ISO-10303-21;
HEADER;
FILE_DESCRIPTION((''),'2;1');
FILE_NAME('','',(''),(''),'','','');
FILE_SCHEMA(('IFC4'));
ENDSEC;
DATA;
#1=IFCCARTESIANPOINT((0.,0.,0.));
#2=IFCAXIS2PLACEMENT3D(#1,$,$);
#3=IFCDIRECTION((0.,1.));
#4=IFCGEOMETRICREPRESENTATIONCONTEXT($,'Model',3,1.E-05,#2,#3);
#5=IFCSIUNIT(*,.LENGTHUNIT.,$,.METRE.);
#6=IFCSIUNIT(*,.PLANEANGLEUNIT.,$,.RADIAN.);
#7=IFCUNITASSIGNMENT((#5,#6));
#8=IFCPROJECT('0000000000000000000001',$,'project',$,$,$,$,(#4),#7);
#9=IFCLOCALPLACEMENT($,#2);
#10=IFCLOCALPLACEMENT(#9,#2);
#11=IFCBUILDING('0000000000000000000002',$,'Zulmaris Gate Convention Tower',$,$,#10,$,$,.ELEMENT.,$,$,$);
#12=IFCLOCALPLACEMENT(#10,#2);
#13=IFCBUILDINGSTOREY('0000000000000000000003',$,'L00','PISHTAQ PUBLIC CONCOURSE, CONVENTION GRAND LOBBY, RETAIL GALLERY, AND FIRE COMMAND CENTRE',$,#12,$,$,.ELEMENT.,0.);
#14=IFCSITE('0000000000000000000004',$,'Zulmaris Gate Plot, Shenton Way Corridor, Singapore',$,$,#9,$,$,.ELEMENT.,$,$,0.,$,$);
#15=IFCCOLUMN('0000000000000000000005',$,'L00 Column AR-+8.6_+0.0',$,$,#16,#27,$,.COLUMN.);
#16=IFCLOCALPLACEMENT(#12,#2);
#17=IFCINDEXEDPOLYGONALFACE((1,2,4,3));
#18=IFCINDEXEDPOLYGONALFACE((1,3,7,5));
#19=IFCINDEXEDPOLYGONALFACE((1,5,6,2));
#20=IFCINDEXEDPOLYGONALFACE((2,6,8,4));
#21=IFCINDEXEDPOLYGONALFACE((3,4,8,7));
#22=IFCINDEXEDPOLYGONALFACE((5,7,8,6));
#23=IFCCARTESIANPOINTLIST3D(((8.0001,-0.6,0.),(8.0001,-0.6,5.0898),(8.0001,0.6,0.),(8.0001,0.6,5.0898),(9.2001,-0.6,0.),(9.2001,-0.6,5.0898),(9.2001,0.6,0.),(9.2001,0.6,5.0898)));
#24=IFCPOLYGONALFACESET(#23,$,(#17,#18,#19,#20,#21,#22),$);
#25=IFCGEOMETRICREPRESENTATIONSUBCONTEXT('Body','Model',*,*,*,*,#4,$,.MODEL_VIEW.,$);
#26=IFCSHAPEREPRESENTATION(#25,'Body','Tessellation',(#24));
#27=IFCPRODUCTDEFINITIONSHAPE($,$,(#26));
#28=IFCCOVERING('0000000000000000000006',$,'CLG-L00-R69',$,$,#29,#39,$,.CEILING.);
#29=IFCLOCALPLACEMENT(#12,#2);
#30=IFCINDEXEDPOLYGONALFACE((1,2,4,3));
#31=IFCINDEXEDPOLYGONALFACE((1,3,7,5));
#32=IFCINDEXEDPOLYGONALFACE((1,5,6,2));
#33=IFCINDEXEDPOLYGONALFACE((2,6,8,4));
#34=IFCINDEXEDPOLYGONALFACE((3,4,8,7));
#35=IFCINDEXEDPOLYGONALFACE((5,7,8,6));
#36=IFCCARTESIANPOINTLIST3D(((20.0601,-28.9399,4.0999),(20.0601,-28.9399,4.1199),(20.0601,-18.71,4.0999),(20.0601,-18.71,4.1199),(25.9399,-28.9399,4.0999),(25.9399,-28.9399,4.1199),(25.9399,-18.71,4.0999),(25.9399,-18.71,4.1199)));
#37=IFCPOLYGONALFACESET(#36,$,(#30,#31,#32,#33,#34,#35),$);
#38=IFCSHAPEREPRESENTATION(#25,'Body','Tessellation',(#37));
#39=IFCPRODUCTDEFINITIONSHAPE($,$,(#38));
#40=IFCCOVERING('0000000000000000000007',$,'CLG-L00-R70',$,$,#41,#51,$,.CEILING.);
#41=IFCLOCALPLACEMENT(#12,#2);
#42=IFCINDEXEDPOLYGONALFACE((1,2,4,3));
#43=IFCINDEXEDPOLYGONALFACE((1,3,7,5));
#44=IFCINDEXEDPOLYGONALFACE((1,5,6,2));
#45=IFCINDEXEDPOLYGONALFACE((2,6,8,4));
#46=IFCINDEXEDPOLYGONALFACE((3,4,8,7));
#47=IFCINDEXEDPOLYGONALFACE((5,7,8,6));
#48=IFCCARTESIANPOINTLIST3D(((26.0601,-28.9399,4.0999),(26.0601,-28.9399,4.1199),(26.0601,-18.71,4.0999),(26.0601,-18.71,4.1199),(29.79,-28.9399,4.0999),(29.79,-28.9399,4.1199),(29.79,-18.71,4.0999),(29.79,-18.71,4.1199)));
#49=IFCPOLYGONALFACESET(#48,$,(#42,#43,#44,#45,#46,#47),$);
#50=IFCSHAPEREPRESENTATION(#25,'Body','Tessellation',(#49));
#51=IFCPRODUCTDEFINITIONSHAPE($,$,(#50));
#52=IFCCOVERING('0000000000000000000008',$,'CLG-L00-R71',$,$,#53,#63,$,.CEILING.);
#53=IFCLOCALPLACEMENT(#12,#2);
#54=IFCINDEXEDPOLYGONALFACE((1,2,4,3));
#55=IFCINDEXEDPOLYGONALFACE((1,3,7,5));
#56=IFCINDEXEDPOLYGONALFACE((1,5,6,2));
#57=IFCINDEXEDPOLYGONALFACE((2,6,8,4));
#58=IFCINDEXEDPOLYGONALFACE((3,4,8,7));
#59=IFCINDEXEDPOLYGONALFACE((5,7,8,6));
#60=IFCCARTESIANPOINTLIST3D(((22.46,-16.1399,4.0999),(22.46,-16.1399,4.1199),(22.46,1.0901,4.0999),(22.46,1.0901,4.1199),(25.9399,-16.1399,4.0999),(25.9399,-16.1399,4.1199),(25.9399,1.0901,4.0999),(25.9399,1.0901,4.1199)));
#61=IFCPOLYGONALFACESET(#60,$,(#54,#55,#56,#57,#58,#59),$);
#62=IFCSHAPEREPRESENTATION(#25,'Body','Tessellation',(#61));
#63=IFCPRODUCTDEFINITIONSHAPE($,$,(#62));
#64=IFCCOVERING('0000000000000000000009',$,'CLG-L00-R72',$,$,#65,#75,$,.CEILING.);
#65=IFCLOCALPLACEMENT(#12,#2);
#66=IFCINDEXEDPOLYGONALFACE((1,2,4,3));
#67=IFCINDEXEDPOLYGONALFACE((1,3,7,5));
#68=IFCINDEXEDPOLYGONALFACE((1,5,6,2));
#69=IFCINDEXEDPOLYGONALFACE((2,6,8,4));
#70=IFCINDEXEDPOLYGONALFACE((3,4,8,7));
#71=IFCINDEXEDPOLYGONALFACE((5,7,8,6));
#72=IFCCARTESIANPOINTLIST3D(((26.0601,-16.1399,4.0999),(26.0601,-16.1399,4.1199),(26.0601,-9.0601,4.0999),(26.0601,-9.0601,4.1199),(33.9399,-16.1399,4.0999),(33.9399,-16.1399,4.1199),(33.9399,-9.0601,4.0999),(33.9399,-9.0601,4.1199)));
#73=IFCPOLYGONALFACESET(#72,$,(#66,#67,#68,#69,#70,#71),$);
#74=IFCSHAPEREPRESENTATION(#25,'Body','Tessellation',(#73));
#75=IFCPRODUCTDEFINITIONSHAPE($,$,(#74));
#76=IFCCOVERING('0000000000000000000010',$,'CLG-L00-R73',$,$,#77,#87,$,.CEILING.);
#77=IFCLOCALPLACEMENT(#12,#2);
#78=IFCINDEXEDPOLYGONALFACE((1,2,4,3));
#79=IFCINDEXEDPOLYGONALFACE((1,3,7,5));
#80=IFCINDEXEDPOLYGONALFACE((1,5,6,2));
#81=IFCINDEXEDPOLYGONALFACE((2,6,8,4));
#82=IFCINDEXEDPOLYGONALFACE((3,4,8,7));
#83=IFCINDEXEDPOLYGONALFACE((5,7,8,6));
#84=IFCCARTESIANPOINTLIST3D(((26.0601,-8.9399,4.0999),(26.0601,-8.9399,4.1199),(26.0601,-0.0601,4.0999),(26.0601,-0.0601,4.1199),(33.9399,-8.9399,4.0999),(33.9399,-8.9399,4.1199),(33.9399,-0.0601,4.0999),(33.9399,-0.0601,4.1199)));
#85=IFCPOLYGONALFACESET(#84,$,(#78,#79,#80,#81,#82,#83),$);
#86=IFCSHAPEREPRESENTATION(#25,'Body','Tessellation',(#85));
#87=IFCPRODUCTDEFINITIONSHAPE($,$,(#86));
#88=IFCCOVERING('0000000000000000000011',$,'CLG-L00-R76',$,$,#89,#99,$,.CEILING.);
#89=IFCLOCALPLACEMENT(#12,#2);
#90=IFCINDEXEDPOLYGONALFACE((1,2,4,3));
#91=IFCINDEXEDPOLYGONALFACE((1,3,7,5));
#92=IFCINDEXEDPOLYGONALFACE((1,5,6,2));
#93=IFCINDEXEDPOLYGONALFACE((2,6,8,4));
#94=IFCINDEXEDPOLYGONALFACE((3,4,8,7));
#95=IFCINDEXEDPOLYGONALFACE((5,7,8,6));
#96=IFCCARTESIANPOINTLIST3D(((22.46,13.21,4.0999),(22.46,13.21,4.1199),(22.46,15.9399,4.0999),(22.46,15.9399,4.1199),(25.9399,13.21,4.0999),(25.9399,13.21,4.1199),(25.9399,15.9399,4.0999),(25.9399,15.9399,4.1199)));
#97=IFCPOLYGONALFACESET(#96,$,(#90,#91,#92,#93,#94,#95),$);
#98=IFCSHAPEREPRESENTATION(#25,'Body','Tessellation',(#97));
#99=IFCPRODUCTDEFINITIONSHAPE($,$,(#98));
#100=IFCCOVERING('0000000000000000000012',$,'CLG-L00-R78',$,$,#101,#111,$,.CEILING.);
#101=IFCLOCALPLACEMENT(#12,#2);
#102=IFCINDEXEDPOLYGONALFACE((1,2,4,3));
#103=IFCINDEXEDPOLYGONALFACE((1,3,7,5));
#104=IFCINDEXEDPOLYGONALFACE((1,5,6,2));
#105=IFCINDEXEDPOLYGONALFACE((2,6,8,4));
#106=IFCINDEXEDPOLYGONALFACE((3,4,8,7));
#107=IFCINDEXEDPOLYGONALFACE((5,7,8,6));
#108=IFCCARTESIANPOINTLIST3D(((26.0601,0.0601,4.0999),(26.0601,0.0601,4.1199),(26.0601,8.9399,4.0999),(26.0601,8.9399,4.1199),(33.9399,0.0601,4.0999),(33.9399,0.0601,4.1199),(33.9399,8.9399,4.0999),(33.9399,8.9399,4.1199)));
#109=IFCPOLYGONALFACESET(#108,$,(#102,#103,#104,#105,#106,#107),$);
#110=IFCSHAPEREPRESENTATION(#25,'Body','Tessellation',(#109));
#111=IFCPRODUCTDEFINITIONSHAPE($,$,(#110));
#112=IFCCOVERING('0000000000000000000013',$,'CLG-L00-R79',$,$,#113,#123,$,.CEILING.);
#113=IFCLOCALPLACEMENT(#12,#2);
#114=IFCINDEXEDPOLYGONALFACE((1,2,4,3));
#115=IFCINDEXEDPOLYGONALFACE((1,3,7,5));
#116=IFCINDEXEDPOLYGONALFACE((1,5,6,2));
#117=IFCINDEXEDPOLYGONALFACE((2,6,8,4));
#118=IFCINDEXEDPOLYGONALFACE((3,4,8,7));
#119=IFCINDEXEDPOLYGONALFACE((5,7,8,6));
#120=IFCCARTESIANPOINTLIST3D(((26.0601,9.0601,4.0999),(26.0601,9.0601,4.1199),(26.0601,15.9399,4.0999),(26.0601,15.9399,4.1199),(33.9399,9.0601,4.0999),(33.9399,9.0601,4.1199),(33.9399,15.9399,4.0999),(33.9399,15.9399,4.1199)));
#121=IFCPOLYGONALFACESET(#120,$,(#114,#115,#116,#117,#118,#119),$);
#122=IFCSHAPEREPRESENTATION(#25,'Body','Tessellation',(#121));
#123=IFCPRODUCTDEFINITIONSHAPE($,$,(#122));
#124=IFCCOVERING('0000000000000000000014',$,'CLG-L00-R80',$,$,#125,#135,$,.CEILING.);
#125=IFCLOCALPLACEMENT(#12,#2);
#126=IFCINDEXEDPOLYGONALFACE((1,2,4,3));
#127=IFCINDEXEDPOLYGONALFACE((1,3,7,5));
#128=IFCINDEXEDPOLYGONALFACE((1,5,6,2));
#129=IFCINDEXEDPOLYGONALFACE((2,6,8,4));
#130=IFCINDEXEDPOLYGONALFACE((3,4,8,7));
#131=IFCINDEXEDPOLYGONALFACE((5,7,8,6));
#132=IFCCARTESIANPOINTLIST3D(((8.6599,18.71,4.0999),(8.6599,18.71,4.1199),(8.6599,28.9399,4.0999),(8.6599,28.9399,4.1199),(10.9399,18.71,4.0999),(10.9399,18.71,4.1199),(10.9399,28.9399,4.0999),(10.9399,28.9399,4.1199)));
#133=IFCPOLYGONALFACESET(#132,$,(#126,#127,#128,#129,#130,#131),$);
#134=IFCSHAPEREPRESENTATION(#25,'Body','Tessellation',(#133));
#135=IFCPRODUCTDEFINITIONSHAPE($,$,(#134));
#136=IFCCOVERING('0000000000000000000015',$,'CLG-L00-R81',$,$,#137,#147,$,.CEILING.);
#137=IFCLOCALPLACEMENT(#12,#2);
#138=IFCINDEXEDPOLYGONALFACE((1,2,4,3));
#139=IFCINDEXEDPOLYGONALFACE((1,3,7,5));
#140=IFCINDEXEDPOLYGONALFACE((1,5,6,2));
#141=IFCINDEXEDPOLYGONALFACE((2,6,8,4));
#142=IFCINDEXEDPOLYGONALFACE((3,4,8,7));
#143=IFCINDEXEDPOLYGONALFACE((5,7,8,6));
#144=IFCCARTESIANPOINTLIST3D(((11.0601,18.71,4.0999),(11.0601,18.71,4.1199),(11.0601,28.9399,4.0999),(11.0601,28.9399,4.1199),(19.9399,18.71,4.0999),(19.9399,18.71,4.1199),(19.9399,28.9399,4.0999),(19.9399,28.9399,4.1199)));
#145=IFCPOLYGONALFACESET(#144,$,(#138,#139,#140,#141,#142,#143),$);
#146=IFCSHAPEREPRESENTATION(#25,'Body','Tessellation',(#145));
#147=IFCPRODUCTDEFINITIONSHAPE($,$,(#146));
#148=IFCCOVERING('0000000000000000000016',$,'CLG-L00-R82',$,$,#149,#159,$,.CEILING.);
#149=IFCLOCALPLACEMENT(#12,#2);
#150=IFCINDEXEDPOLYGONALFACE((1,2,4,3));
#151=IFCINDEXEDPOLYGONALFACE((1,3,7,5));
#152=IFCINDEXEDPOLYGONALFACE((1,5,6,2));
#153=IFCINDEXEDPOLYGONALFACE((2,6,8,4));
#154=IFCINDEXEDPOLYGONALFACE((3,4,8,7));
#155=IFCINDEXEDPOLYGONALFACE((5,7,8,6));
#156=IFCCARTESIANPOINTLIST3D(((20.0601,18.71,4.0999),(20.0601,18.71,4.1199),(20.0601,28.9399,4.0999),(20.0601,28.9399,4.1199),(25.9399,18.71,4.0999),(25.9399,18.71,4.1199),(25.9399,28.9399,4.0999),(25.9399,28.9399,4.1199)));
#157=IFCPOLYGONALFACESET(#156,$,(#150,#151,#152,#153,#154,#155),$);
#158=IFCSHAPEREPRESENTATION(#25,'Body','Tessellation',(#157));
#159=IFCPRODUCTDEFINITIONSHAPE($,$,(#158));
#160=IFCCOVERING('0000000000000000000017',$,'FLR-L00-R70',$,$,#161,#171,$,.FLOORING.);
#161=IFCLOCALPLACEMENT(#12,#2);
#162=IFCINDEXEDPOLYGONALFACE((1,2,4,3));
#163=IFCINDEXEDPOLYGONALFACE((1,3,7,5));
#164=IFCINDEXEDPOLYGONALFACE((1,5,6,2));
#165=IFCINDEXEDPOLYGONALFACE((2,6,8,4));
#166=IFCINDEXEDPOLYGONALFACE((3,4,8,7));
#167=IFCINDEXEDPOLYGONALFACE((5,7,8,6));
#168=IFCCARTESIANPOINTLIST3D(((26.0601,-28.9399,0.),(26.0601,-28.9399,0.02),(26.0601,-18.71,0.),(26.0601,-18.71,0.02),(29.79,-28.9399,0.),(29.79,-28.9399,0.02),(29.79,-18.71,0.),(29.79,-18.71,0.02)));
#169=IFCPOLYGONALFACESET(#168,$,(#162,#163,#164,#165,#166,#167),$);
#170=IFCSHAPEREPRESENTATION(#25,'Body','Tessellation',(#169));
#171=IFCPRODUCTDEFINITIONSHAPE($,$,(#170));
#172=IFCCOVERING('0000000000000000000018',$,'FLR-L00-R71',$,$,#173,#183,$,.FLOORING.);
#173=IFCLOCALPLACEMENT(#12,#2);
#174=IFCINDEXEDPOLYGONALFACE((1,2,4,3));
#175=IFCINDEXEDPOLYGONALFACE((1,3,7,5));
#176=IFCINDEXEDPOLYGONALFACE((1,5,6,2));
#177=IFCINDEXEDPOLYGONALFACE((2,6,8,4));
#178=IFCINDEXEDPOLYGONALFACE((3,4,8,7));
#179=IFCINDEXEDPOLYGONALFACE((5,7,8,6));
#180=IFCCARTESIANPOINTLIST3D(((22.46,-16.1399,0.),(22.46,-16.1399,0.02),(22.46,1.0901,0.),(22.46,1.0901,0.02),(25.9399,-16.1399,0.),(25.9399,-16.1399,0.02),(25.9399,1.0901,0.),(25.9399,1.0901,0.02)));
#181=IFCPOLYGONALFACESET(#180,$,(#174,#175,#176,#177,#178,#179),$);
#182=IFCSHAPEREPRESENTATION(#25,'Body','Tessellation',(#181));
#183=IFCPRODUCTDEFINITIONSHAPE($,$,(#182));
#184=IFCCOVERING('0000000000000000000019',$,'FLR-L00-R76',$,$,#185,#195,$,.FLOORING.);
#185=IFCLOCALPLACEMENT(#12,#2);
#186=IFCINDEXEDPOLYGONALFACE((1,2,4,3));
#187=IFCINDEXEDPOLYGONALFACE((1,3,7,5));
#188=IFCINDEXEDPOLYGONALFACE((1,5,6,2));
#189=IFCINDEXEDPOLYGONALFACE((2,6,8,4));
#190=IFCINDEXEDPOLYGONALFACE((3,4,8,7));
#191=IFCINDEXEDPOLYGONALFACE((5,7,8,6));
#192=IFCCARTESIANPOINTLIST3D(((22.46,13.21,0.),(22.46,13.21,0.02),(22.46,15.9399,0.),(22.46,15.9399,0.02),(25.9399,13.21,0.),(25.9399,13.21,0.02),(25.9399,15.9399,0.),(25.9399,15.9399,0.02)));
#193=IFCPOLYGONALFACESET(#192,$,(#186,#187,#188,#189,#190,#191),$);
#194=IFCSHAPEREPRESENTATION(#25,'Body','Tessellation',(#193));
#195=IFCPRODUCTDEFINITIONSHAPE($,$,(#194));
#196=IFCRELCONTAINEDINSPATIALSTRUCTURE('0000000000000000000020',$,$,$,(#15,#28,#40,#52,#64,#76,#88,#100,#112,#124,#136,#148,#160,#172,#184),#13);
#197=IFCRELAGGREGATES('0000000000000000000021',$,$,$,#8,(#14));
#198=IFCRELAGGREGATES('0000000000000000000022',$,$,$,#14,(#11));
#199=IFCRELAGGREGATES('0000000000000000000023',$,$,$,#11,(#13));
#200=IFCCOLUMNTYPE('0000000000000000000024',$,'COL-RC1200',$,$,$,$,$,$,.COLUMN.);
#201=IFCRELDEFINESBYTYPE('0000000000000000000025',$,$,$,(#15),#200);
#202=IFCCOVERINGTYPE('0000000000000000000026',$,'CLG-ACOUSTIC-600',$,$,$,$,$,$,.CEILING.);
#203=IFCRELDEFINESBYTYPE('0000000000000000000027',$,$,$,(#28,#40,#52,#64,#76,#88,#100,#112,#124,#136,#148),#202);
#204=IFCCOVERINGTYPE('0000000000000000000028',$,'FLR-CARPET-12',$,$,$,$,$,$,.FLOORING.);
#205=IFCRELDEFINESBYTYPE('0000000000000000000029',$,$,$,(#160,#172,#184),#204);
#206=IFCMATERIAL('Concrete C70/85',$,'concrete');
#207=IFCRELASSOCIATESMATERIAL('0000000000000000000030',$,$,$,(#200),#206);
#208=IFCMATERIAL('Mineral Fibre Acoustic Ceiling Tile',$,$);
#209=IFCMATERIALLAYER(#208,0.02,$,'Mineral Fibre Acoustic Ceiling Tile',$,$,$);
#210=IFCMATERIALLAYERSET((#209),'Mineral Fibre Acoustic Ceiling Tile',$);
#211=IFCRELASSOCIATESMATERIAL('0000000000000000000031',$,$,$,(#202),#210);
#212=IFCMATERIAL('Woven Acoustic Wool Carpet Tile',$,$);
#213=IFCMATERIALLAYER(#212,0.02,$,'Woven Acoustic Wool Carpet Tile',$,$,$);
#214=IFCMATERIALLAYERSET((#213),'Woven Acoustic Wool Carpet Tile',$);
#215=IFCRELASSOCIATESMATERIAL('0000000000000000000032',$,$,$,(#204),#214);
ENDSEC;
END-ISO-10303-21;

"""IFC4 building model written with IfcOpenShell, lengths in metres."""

from ifc_helpers import new_model, si_unit, direction, frame, origin, origin_2d, place, context, subcontext, project, spatial, polyline, rectangle, outline, extrude, material, layer, layer_set, material_profile, profile_set, type_object, element, save


model = new_model("IFC4")

# Units and contexts
model_context = context("Model", 3, precision=1e-05, world=origin(), true_north=direction((0.0, 1.0)))
body_context = subcontext(model_context, "Body", "Model", "MODEL_VIEW")
ifc_project = project(units=[si_unit("LENGTHUNIT", "METRE"), si_unit("PLANEANGLEUNIT", "RADIAN")], contexts=[model_context])

# Site, building, storey
site_placement = place(None, origin())
site = spatial("IfcSite", under=ifc_project, at=site_placement, Name="Zulmaris Gate Plot, Shenton Way Corridor, Singapore", CompositionType="ELEMENT", RefElevation=0.0)
building_placement = place(site_placement, origin())
building = spatial("IfcBuilding", under=site, at=building_placement, Name="Zulmaris Gate Convention Tower", CompositionType="ELEMENT")
storey_placement = place(building_placement, origin())
storey = spatial("IfcBuildingStorey", under=building, at=storey_placement, Name="L00", Description="PISHTAQ PUBLIC CONCOURSE, CONVENTION GRAND LOBBY, RETAIL GALLERY, AND FIRE COMMAND CENTRE", CompositionType="ELEMENT", Elevation=0.0)

# Column
ifc_material_1 = material(Name="Concrete C70/85", Category="concrete")
ifc_material_profile = material_profile(ifc_material_1, rectangle(XDim=1.2, YDim=1.2, at=origin_2d()), Name="RC COL 1200x1200")
ifc_profile_set = profile_set([ifc_material_profile], Name="Concrete C70/85")
column_type = type_object("IfcColumnType", Name="COL-RC1200", PredefinedType="COLUMN", material=ifc_profile_set)
column_placement = place(storey_placement, frame((8.6001, 0.0, 0.0), z_axis=(0.0, 0.0, 1.0), x_axis=(1.0, 0.0, 0.0)))
element("IfcColumn", 1, at=column_placement, inside=storey, type_object=column_type, Name="L00 Column AR-+8.6_+0.0", PredefinedType="COLUMN", context=body_context, shape_type="SweptSolid", body=[
    extrude(rectangle(XDim=1.2, YDim=1.2, at=origin_2d()), origin(), (0.0, 0.0, 1.0), 5.0898),
])

# Coverings
ifc_material_2 = material(Name="Mineral Fibre Acoustic Ceiling Tile")
ifc_layer_1 = layer(ifc_material_2, 0.02, Name="Mineral Fibre Acoustic Ceiling Tile")
ifc_layer_set_1 = layer_set([ifc_layer_1], Name="Mineral Fibre Acoustic Ceiling Tile")
covering_type_1 = type_object("IfcCoveringType", Name="CLG-ACOUSTIC-600", PredefinedType="CEILING", material=ifc_layer_set_1)
covering_1_placement = place(storey_placement, frame((0.0, 0.0, 4.0999)))
element("IfcCovering", 2, at=covering_1_placement, inside=storey, type_object=covering_type_1, Name="CLG-L00-R69", PredefinedType="CEILING", context=body_context, shape_type="SweptSolid", body=[
    extrude(outline(polyline([(20.0601, -28.9399), (25.9399, -28.9399), (25.9399, -18.71), (20.0601, -18.71), (20.0601, -28.9399)])), origin(), (0.0, 0.0, 1.0), 0.02),
])
covering_2_placement = place(storey_placement, frame((0.0, 0.0, 4.0999)))
element("IfcCovering", 3, at=covering_2_placement, inside=storey, type_object=covering_type_1, Name="CLG-L00-R70", PredefinedType="CEILING", context=body_context, shape_type="SweptSolid", body=[
    extrude(outline(polyline([(26.0601, -28.9399), (29.79, -28.9399), (29.79, -18.71), (26.0601, -18.71), (26.0601, -28.9399)])), origin(), (0.0, 0.0, 1.0), 0.02),
])
covering_3_placement = place(storey_placement, frame((0.0, 0.0, 4.0999)))
element("IfcCovering", 4, at=covering_3_placement, inside=storey, type_object=covering_type_1, Name="CLG-L00-R71", PredefinedType="CEILING", context=body_context, shape_type="SweptSolid", body=[
    extrude(outline(polyline([(22.46, -16.1399), (25.9399, -16.1399), (25.9399, 1.0901), (22.46, 1.0901), (22.46, -16.1399)])), origin(), (0.0, 0.0, 1.0), 0.02),
])
covering_4_placement = place(storey_placement, frame((0.0, 0.0, 4.0999)))
element("IfcCovering", 5, at=covering_4_placement, inside=storey, type_object=covering_type_1, Name="CLG-L00-R72", PredefinedType="CEILING", context=body_context, shape_type="SweptSolid", body=[
    extrude(outline(polyline([(26.0601, -16.1399), (33.9399, -16.1399), (33.9399, -9.0601), (26.0601, -9.0601), (26.0601, -16.1399)])), origin(), (0.0, 0.0, 1.0), 0.02),
])
covering_5_placement = place(storey_placement, frame((0.0, 0.0, 4.0999)))
element("IfcCovering", 6, at=covering_5_placement, inside=storey, type_object=covering_type_1, Name="CLG-L00-R73", PredefinedType="CEILING", context=body_context, shape_type="SweptSolid", body=[
    extrude(outline(polyline([(26.0601, -8.9399), (33.9399, -8.9399), (33.9399, -0.0601), (26.0601, -0.0601), (26.0601, -8.9399)])), origin(), (0.0, 0.0, 1.0), 0.02),
])
covering_6_placement = place(storey_placement, frame((0.0, 0.0, 4.0999)))
element("IfcCovering", 7, at=covering_6_placement, inside=storey, type_object=covering_type_1, Name="CLG-L00-R76", PredefinedType="CEILING", context=body_context, shape_type="SweptSolid", body=[
    extrude(outline(polyline([(22.46, 13.21), (25.9399, 13.21), (25.9399, 15.9399), (22.46, 15.9399), (22.46, 13.21)])), origin(), (0.0, 0.0, 1.0), 0.02),
])
covering_7_placement = place(storey_placement, frame((0.0, 0.0, 4.0999)))
element("IfcCovering", 8, at=covering_7_placement, inside=storey, type_object=covering_type_1, Name="CLG-L00-R78", PredefinedType="CEILING", context=body_context, shape_type="SweptSolid", body=[
    extrude(outline(polyline([(26.0601, 0.0601), (33.9399, 0.0601), (33.9399, 8.9399), (26.0601, 8.9399), (26.0601, 0.0601)])), origin(), (0.0, 0.0, 1.0), 0.02),
])
covering_8_placement = place(storey_placement, frame((0.0, 0.0, 4.0999)))
element("IfcCovering", 9, at=covering_8_placement, inside=storey, type_object=covering_type_1, Name="CLG-L00-R79", PredefinedType="CEILING", context=body_context, shape_type="SweptSolid", body=[
    extrude(outline(polyline([(26.0601, 9.0601), (33.9399, 9.0601), (33.9399, 15.9399), (26.0601, 15.9399), (26.0601, 9.0601)])), origin(), (0.0, 0.0, 1.0), 0.02),
])
covering_9_placement = place(storey_placement, frame((0.0, 0.0, 4.0999)))
element("IfcCovering", 10, at=covering_9_placement, inside=storey, type_object=covering_type_1, Name="CLG-L00-R80", PredefinedType="CEILING", context=body_context, shape_type="SweptSolid", body=[
    extrude(outline(polyline([(8.6599, 18.71), (10.9399, 18.71), (10.9399, 28.9399), (8.6599, 28.9399), (8.6599, 18.71)])), origin(), (0.0, 0.0, 1.0), 0.02),
])
covering_10_placement = place(storey_placement, frame((0.0, 0.0, 4.0999)))
element("IfcCovering", 11, at=covering_10_placement, inside=storey, type_object=covering_type_1, Name="CLG-L00-R81", PredefinedType="CEILING", context=body_context, shape_type="SweptSolid", body=[
    extrude(outline(polyline([(11.0601, 18.71), (19.9399, 18.71), (19.9399, 28.9399), (11.0601, 28.9399), (11.0601, 18.71)])), origin(), (0.0, 0.0, 1.0), 0.02),
])
covering_11_placement = place(storey_placement, frame((0.0, 0.0, 4.0999)))
element("IfcCovering", 12, at=covering_11_placement, inside=storey, type_object=covering_type_1, Name="CLG-L00-R82", PredefinedType="CEILING", context=body_context, shape_type="SweptSolid", body=[
    extrude(outline(polyline([(20.0601, 18.71), (25.9399, 18.71), (25.9399, 28.9399), (20.0601, 28.9399), (20.0601, 18.71)])), origin(), (0.0, 0.0, 1.0), 0.02),
])
ifc_material_3 = material(Name="Woven Acoustic Wool Carpet Tile")
ifc_layer_2 = layer(ifc_material_3, 0.02, Name="Woven Acoustic Wool Carpet Tile")
ifc_layer_set_2 = layer_set([ifc_layer_2], Name="Woven Acoustic Wool Carpet Tile")
covering_type_2 = type_object("IfcCoveringType", Name="FLR-CARPET-12", PredefinedType="FLOORING", material=ifc_layer_set_2)
covering_12_placement = place(storey_placement, origin())
element("IfcCovering", 13, at=covering_12_placement, inside=storey, type_object=covering_type_2, Name="FLR-L00-R70", PredefinedType="FLOORING", context=body_context, shape_type="SweptSolid", body=[
    extrude(outline(polyline([(26.0601, -28.9399), (29.79, -28.9399), (29.79, -18.71), (26.0601, -18.71), (26.0601, -28.9399)])), origin(), (0.0, 0.0, 1.0), 0.02),
])
covering_13_placement = place(storey_placement, origin())
element("IfcCovering", 14, at=covering_13_placement, inside=storey, type_object=covering_type_2, Name="FLR-L00-R71", PredefinedType="FLOORING", context=body_context, shape_type="SweptSolid", body=[
    extrude(outline(polyline([(22.46, -16.1399), (25.9399, -16.1399), (25.9399, 1.0901), (22.46, 1.0901), (22.46, -16.1399)])), origin(), (0.0, 0.0, 1.0), 0.02),
])
covering_14_placement = place(storey_placement, origin())
element("IfcCovering", 15, at=covering_14_placement, inside=storey, type_object=covering_type_2, Name="FLR-L00-R76", PredefinedType="FLOORING", context=body_context, shape_type="SweptSolid", body=[
    extrude(outline(polyline([(22.46, 13.21), (25.9399, 13.21), (25.9399, 15.9399), (22.46, 15.9399), (22.46, 13.21)])), origin(), (0.0, 0.0, 1.0), 0.02),
])

save(model, "model.ifc")
